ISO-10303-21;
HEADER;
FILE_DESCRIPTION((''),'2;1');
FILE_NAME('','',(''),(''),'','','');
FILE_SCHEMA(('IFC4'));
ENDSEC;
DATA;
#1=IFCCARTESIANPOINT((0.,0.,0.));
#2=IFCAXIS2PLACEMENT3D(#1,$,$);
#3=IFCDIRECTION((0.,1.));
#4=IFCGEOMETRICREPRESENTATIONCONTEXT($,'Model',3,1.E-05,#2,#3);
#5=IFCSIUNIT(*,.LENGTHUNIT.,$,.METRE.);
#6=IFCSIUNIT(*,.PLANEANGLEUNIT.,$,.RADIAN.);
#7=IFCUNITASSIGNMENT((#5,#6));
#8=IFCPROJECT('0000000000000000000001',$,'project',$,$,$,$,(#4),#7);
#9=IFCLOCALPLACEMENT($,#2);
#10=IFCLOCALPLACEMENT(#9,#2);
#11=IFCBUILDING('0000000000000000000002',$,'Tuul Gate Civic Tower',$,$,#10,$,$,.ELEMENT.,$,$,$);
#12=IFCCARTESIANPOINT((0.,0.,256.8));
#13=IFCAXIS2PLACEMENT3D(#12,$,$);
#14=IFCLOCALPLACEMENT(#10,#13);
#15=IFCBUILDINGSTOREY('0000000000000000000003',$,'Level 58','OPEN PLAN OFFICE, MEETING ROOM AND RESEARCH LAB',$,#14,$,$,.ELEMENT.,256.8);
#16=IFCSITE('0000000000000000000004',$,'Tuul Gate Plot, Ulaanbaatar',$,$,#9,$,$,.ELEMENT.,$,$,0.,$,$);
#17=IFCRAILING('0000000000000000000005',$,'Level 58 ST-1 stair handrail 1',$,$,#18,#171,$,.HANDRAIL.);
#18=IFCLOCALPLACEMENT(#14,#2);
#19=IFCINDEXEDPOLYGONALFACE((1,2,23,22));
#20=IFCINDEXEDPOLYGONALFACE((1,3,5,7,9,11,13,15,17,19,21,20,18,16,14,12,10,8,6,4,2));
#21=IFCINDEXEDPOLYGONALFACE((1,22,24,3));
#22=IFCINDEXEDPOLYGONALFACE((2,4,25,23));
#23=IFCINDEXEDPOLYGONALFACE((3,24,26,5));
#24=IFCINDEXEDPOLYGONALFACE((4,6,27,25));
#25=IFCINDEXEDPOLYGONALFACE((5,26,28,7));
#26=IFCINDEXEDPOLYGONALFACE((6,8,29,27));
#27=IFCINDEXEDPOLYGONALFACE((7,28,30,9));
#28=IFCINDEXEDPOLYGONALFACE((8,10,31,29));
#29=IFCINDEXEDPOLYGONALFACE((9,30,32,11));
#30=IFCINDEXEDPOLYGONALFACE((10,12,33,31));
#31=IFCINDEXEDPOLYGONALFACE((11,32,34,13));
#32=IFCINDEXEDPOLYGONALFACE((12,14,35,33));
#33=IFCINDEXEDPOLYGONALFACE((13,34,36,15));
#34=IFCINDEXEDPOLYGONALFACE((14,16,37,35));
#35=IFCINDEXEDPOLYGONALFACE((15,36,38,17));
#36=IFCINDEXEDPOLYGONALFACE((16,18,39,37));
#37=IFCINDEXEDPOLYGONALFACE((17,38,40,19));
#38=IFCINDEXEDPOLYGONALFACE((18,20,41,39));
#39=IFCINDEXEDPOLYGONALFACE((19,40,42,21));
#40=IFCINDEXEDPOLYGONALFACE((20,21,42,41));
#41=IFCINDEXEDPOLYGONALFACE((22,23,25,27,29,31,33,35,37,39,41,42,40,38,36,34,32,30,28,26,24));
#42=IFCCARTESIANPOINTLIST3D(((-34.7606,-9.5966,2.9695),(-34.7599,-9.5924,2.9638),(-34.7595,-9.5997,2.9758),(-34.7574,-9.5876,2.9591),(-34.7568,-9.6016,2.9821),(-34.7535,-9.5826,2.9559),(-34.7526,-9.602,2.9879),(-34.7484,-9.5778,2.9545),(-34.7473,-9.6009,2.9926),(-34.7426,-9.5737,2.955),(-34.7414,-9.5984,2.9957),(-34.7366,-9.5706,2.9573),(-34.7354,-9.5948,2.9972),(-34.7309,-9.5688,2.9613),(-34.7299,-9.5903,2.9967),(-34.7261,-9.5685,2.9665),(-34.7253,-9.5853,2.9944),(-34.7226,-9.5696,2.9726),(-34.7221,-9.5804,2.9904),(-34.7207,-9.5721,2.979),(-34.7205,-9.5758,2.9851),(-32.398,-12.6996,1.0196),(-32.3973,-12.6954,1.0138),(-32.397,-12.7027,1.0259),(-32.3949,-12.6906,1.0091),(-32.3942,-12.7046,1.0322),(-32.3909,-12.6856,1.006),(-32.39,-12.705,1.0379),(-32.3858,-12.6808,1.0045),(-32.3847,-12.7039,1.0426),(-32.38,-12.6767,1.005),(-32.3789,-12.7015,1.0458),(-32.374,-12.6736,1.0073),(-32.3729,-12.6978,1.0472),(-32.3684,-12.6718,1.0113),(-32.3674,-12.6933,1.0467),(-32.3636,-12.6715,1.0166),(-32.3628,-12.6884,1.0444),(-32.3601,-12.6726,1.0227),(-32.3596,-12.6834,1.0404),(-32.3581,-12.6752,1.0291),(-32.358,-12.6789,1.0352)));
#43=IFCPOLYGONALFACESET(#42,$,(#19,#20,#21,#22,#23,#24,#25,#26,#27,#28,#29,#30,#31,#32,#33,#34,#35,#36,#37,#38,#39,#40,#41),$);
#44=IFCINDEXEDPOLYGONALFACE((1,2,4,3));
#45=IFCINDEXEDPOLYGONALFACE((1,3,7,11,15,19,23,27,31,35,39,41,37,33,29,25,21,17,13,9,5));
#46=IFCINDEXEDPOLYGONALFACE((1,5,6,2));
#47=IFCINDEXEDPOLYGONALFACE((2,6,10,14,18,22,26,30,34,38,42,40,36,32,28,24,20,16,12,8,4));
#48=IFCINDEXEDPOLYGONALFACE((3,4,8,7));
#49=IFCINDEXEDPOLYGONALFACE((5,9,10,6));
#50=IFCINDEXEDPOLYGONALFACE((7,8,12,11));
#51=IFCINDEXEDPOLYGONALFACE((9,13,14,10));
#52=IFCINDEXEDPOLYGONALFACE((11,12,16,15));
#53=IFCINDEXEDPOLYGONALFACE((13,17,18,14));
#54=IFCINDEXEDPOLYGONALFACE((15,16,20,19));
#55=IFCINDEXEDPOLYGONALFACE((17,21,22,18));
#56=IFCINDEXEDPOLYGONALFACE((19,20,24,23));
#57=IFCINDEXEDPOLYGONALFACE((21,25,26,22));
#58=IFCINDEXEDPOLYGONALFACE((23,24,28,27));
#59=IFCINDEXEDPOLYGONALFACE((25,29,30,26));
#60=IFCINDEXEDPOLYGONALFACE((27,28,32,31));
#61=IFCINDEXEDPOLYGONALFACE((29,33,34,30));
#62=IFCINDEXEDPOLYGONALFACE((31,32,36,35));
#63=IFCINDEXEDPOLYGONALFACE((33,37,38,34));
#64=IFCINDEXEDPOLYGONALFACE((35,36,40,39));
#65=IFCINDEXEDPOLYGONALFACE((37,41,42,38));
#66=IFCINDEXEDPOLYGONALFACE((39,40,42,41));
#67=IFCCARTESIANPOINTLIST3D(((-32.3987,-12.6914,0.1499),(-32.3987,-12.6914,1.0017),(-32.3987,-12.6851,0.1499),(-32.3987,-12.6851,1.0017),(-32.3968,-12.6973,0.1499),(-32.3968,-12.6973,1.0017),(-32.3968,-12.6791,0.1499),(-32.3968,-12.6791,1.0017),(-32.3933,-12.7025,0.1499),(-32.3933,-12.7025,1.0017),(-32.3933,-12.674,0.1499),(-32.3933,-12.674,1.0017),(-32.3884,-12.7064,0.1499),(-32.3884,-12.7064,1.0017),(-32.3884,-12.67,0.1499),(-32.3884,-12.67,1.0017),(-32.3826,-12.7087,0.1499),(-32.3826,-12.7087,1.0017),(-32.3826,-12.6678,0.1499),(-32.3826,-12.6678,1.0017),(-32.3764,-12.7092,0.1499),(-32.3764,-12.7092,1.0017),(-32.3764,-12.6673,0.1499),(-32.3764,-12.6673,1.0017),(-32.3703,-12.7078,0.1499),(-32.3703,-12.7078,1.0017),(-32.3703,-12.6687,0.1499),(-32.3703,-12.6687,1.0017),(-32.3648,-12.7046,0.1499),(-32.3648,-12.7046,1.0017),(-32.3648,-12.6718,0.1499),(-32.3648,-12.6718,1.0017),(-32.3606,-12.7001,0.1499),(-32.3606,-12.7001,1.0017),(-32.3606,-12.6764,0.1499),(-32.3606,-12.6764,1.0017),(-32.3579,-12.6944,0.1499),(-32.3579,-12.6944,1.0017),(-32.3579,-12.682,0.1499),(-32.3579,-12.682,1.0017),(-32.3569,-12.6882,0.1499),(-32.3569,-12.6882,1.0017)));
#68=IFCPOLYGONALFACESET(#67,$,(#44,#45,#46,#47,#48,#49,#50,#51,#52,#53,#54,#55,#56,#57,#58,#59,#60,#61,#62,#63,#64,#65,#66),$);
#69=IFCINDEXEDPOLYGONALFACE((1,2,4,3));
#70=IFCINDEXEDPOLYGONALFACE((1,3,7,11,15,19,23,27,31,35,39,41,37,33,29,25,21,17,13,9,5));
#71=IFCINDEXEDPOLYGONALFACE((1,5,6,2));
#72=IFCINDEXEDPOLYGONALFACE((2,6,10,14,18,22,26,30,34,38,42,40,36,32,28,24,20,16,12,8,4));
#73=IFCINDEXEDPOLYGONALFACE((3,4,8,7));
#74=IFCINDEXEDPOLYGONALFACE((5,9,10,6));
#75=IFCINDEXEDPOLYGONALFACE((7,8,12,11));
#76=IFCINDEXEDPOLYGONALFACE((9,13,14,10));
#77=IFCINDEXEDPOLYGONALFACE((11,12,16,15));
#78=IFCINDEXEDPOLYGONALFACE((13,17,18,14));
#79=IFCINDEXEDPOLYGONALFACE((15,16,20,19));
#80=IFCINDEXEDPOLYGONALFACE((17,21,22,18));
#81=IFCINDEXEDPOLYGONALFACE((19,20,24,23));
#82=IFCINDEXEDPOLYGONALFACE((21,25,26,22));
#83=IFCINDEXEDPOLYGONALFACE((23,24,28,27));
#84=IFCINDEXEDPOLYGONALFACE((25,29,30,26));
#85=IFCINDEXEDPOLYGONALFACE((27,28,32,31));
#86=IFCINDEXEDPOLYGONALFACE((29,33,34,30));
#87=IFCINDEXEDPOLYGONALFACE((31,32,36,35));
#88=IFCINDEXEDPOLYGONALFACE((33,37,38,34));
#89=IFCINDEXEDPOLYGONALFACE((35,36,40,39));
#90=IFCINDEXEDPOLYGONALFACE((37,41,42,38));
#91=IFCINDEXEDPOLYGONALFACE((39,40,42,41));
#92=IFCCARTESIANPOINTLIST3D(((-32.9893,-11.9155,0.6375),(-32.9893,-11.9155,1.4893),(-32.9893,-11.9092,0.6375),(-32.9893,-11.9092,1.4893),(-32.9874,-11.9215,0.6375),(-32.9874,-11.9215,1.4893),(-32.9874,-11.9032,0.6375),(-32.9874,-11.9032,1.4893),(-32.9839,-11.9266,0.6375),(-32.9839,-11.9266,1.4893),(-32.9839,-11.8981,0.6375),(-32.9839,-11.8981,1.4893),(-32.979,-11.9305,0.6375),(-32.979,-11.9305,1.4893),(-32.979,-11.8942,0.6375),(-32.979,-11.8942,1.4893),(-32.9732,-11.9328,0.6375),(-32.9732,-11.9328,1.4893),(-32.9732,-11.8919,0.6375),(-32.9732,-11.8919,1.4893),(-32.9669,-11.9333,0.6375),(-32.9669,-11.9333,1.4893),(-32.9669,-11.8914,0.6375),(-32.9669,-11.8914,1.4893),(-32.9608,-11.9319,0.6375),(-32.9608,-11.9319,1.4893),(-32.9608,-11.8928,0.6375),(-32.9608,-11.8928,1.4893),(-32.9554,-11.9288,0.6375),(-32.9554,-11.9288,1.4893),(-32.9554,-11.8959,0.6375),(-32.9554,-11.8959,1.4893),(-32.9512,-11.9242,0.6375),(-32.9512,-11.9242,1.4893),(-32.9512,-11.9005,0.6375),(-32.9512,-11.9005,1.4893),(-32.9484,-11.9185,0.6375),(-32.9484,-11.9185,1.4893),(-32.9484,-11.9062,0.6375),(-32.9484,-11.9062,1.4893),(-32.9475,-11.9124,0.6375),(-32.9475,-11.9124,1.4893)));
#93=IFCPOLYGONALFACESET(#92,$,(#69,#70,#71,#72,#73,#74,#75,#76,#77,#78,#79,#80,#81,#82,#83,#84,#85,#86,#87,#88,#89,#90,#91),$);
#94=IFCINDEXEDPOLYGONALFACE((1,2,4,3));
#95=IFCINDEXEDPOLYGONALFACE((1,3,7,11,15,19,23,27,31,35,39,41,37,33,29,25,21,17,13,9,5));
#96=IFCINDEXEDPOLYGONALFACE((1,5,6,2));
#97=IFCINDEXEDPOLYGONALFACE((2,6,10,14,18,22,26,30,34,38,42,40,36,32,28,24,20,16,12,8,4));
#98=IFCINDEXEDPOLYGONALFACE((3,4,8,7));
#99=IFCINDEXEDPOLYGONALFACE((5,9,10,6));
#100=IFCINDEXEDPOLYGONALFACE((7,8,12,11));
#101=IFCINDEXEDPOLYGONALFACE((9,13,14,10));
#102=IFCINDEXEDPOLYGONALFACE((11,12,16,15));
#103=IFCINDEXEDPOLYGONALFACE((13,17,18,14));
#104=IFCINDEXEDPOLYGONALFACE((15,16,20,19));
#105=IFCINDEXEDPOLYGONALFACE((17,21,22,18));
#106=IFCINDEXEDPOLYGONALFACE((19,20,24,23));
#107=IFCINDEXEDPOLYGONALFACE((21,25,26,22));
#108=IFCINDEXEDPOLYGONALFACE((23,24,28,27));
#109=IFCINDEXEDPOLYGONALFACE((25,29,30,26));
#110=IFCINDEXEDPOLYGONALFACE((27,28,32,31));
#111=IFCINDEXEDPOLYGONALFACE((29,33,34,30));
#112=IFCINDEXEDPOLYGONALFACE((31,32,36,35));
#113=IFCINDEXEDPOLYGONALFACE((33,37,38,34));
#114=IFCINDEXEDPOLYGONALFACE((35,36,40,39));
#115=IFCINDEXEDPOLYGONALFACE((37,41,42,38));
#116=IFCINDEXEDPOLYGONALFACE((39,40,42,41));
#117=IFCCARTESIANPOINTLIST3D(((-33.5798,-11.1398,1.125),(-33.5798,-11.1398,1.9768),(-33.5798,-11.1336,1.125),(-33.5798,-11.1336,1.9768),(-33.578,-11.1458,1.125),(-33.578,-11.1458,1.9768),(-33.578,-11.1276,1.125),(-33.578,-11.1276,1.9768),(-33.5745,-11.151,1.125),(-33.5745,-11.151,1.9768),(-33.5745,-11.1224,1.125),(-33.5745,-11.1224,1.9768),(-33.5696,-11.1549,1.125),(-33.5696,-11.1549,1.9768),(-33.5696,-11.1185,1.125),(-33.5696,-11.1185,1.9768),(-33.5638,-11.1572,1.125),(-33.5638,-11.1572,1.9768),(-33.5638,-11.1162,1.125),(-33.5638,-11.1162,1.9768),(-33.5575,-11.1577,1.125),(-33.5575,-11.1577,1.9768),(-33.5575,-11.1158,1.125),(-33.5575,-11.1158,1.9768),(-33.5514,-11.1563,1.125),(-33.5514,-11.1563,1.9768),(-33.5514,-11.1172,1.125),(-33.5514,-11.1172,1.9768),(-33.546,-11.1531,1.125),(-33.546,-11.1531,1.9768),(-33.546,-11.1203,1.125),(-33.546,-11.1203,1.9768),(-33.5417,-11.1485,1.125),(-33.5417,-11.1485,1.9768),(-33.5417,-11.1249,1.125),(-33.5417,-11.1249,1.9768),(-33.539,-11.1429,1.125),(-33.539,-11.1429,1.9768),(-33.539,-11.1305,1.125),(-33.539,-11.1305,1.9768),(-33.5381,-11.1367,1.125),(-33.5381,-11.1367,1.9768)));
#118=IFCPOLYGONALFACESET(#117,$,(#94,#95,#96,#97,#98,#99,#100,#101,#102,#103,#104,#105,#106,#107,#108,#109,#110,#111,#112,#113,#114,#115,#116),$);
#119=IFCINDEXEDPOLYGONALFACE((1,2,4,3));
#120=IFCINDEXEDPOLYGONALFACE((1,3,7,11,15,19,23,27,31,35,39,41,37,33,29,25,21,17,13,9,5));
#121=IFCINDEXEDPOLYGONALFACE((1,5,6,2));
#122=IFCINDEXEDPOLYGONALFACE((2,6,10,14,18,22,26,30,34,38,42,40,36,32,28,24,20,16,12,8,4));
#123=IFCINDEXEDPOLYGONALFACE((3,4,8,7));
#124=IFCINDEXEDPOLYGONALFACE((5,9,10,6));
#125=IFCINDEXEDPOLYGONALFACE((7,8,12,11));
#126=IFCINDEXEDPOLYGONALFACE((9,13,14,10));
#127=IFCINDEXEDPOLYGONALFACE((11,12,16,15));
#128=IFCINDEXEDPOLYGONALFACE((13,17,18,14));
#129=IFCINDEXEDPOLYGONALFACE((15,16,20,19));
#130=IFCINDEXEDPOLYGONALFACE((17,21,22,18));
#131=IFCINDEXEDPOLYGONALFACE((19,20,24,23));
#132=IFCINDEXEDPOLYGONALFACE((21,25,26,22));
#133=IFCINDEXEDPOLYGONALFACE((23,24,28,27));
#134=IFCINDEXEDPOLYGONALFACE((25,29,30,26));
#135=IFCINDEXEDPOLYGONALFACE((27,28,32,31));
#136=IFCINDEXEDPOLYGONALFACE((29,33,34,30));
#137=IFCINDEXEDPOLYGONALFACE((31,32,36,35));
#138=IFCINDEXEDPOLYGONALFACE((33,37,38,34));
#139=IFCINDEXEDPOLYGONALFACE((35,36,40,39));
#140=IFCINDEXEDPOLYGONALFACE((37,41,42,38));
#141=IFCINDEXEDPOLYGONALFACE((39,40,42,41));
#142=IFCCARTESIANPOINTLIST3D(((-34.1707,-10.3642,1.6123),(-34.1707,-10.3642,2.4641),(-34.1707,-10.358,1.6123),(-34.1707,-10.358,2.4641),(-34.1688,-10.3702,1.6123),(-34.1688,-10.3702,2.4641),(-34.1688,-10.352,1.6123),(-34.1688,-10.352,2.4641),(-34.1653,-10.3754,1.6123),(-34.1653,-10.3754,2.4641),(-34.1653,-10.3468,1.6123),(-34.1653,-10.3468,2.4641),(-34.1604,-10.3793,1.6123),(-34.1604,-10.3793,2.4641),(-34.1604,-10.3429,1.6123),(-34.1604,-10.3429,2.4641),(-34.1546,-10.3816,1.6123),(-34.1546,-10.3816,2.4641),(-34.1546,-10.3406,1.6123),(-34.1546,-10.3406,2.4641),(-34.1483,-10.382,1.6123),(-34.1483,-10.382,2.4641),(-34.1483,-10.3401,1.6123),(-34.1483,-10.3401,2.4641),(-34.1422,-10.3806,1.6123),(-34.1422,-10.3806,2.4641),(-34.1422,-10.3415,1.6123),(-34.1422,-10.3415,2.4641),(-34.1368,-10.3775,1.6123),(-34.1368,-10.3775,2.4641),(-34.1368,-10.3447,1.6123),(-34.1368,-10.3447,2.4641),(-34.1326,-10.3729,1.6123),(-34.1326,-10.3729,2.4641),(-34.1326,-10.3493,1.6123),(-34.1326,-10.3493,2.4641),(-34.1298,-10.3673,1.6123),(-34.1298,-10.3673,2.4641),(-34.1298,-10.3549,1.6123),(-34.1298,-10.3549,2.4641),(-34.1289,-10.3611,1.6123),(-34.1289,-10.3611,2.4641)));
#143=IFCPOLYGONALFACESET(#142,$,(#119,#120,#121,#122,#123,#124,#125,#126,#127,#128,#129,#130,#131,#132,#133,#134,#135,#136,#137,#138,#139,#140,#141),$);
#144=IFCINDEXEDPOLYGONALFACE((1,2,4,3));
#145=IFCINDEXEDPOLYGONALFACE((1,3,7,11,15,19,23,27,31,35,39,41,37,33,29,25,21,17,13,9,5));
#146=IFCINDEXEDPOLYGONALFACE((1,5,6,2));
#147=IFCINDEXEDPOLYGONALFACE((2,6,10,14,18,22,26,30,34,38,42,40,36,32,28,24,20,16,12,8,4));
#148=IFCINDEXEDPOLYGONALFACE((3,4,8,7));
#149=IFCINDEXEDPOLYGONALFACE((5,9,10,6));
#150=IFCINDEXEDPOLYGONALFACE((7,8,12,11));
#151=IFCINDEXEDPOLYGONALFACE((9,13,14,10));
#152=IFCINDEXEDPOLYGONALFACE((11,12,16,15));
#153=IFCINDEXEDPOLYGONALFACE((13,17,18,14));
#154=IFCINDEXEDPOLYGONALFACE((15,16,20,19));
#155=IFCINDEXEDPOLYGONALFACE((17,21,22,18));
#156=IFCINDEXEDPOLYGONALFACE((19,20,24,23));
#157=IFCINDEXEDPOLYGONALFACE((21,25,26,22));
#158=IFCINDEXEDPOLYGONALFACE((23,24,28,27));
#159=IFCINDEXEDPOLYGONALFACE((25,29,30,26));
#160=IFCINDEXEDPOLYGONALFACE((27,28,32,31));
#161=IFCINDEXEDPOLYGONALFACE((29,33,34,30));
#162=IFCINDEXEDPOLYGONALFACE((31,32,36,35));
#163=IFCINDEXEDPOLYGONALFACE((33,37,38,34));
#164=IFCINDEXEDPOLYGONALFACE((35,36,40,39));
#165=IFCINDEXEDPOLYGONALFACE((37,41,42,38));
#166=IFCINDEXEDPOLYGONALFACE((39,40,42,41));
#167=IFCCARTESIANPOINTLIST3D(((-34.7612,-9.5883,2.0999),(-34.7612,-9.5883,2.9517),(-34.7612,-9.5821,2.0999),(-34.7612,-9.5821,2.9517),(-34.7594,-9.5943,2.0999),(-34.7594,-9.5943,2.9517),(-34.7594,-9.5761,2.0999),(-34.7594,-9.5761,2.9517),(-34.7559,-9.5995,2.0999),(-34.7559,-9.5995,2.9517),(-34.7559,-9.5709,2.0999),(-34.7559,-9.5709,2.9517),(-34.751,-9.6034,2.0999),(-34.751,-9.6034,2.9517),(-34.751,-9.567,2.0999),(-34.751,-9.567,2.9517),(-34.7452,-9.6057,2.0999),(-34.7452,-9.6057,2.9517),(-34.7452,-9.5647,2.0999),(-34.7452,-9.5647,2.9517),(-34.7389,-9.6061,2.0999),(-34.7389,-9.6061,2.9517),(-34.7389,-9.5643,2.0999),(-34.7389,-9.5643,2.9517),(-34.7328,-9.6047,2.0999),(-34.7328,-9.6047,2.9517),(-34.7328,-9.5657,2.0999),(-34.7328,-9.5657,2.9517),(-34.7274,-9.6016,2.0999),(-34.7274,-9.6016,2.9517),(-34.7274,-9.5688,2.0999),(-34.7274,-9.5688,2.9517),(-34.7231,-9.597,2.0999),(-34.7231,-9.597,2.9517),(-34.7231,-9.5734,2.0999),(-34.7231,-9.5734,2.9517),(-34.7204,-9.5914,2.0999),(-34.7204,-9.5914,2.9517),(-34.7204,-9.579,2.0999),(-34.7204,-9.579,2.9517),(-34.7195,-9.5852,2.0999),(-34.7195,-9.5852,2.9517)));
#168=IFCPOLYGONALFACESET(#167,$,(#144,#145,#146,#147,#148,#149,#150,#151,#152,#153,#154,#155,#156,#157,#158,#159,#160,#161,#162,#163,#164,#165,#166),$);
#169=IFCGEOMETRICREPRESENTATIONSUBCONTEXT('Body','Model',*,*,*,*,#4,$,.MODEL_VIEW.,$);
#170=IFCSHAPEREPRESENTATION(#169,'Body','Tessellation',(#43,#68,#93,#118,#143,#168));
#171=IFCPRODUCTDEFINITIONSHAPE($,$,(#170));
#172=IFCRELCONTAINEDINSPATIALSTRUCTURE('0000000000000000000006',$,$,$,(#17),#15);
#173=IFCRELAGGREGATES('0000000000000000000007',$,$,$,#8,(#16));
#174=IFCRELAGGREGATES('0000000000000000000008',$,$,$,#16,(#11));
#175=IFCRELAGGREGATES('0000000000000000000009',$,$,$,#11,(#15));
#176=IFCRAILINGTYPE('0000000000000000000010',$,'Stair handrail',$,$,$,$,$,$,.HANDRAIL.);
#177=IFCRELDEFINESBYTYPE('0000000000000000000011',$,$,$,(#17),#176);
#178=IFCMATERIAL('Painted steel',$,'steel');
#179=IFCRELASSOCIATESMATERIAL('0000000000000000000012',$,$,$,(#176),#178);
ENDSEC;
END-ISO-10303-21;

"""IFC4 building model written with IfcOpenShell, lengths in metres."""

from ifc_helpers import new_model, si_unit, direction, frame, origin, origin_2d, place, context, subcontext, project, spatial, circle, extrude, material, type_object, element, save


model = new_model("IFC4")

# Units and contexts
model_context = context("Model", 3, precision=1e-05, world=origin(), true_north=direction((0.0, 1.0)))
body_context = subcontext(model_context, "Body", "Model", "MODEL_VIEW")
ifc_project = project(units=[si_unit("LENGTHUNIT", "METRE"), si_unit("PLANEANGLEUNIT", "RADIAN")], contexts=[model_context])

# Site, building, storey
site_placement = place(None, origin())
site = spatial("IfcSite", under=ifc_project, at=site_placement, Name="Tuul Gate Plot, Ulaanbaatar", CompositionType="ELEMENT", RefElevation=0.0)
building_placement = place(site_placement, origin())
building = spatial("IfcBuilding", under=site, at=building_placement, Name="Tuul Gate Civic Tower", CompositionType="ELEMENT")
storey_placement = place(building_placement, frame((0.0, 0.0, 256.8)))
storey = spatial("IfcBuildingStorey", under=building, at=storey_placement, Name="Level 58", Description="OPEN PLAN OFFICE, MEETING ROOM AND RESEARCH LAB", CompositionType="ELEMENT", Elevation=256.8)

# Railing
ifc_material_1 = material(Name="Painted steel", Category="steel")
railing_type = type_object("IfcRailingType", Name="Stair handrail", PredefinedType="HANDRAIL", material=ifc_material_1)
railing_1_placement = place(storey_placement, frame((-32.3779, -12.6882, 0.1499)))
element("IfcRailing", 1, at=railing_1_placement, inside=storey, type_object=railing_type, Name="Level 58 ST-1 stair handrail 1", PredefinedType="HANDRAIL", context=body_context, shape_type="SweptSolid", body=[
    extrude(circle(Radius=0.0239, at=origin_2d()), frame((0.0, 0.0, 0.876), z_axis=(-0.541824, 0.711645, 0.4472), x_axis=(-0.795637, -0.605773, 0.0)), (0.0, 0.0, 1.0), 4.3604),
    extrude(circle(Radius=0.021, at=origin_2d()), origin(), (0.0, 0.0, 1.0), 0.8518),
    extrude(circle(Radius=0.021, at=origin_2d()), frame((-0.5906, 0.7759, 0.4875)), (0.0, 0.0, 1.0), 0.8518),
    extrude(circle(Radius=0.021, at=origin_2d()), frame((-1.1812, 1.5515, 0.9751)), (0.0, 0.0, 1.0), 0.8518),
    extrude(circle(Radius=0.021, at=origin_2d()), frame((-1.772, 2.3271, 1.4624)), (0.0, 0.0, 1.0), 0.8518),
    extrude(circle(Radius=0.021, at=origin_2d()), frame((-2.3625, 3.103, 1.95)), (0.0, 0.0, 1.0), 0.8518),
])

save(model, "model.ifc")
